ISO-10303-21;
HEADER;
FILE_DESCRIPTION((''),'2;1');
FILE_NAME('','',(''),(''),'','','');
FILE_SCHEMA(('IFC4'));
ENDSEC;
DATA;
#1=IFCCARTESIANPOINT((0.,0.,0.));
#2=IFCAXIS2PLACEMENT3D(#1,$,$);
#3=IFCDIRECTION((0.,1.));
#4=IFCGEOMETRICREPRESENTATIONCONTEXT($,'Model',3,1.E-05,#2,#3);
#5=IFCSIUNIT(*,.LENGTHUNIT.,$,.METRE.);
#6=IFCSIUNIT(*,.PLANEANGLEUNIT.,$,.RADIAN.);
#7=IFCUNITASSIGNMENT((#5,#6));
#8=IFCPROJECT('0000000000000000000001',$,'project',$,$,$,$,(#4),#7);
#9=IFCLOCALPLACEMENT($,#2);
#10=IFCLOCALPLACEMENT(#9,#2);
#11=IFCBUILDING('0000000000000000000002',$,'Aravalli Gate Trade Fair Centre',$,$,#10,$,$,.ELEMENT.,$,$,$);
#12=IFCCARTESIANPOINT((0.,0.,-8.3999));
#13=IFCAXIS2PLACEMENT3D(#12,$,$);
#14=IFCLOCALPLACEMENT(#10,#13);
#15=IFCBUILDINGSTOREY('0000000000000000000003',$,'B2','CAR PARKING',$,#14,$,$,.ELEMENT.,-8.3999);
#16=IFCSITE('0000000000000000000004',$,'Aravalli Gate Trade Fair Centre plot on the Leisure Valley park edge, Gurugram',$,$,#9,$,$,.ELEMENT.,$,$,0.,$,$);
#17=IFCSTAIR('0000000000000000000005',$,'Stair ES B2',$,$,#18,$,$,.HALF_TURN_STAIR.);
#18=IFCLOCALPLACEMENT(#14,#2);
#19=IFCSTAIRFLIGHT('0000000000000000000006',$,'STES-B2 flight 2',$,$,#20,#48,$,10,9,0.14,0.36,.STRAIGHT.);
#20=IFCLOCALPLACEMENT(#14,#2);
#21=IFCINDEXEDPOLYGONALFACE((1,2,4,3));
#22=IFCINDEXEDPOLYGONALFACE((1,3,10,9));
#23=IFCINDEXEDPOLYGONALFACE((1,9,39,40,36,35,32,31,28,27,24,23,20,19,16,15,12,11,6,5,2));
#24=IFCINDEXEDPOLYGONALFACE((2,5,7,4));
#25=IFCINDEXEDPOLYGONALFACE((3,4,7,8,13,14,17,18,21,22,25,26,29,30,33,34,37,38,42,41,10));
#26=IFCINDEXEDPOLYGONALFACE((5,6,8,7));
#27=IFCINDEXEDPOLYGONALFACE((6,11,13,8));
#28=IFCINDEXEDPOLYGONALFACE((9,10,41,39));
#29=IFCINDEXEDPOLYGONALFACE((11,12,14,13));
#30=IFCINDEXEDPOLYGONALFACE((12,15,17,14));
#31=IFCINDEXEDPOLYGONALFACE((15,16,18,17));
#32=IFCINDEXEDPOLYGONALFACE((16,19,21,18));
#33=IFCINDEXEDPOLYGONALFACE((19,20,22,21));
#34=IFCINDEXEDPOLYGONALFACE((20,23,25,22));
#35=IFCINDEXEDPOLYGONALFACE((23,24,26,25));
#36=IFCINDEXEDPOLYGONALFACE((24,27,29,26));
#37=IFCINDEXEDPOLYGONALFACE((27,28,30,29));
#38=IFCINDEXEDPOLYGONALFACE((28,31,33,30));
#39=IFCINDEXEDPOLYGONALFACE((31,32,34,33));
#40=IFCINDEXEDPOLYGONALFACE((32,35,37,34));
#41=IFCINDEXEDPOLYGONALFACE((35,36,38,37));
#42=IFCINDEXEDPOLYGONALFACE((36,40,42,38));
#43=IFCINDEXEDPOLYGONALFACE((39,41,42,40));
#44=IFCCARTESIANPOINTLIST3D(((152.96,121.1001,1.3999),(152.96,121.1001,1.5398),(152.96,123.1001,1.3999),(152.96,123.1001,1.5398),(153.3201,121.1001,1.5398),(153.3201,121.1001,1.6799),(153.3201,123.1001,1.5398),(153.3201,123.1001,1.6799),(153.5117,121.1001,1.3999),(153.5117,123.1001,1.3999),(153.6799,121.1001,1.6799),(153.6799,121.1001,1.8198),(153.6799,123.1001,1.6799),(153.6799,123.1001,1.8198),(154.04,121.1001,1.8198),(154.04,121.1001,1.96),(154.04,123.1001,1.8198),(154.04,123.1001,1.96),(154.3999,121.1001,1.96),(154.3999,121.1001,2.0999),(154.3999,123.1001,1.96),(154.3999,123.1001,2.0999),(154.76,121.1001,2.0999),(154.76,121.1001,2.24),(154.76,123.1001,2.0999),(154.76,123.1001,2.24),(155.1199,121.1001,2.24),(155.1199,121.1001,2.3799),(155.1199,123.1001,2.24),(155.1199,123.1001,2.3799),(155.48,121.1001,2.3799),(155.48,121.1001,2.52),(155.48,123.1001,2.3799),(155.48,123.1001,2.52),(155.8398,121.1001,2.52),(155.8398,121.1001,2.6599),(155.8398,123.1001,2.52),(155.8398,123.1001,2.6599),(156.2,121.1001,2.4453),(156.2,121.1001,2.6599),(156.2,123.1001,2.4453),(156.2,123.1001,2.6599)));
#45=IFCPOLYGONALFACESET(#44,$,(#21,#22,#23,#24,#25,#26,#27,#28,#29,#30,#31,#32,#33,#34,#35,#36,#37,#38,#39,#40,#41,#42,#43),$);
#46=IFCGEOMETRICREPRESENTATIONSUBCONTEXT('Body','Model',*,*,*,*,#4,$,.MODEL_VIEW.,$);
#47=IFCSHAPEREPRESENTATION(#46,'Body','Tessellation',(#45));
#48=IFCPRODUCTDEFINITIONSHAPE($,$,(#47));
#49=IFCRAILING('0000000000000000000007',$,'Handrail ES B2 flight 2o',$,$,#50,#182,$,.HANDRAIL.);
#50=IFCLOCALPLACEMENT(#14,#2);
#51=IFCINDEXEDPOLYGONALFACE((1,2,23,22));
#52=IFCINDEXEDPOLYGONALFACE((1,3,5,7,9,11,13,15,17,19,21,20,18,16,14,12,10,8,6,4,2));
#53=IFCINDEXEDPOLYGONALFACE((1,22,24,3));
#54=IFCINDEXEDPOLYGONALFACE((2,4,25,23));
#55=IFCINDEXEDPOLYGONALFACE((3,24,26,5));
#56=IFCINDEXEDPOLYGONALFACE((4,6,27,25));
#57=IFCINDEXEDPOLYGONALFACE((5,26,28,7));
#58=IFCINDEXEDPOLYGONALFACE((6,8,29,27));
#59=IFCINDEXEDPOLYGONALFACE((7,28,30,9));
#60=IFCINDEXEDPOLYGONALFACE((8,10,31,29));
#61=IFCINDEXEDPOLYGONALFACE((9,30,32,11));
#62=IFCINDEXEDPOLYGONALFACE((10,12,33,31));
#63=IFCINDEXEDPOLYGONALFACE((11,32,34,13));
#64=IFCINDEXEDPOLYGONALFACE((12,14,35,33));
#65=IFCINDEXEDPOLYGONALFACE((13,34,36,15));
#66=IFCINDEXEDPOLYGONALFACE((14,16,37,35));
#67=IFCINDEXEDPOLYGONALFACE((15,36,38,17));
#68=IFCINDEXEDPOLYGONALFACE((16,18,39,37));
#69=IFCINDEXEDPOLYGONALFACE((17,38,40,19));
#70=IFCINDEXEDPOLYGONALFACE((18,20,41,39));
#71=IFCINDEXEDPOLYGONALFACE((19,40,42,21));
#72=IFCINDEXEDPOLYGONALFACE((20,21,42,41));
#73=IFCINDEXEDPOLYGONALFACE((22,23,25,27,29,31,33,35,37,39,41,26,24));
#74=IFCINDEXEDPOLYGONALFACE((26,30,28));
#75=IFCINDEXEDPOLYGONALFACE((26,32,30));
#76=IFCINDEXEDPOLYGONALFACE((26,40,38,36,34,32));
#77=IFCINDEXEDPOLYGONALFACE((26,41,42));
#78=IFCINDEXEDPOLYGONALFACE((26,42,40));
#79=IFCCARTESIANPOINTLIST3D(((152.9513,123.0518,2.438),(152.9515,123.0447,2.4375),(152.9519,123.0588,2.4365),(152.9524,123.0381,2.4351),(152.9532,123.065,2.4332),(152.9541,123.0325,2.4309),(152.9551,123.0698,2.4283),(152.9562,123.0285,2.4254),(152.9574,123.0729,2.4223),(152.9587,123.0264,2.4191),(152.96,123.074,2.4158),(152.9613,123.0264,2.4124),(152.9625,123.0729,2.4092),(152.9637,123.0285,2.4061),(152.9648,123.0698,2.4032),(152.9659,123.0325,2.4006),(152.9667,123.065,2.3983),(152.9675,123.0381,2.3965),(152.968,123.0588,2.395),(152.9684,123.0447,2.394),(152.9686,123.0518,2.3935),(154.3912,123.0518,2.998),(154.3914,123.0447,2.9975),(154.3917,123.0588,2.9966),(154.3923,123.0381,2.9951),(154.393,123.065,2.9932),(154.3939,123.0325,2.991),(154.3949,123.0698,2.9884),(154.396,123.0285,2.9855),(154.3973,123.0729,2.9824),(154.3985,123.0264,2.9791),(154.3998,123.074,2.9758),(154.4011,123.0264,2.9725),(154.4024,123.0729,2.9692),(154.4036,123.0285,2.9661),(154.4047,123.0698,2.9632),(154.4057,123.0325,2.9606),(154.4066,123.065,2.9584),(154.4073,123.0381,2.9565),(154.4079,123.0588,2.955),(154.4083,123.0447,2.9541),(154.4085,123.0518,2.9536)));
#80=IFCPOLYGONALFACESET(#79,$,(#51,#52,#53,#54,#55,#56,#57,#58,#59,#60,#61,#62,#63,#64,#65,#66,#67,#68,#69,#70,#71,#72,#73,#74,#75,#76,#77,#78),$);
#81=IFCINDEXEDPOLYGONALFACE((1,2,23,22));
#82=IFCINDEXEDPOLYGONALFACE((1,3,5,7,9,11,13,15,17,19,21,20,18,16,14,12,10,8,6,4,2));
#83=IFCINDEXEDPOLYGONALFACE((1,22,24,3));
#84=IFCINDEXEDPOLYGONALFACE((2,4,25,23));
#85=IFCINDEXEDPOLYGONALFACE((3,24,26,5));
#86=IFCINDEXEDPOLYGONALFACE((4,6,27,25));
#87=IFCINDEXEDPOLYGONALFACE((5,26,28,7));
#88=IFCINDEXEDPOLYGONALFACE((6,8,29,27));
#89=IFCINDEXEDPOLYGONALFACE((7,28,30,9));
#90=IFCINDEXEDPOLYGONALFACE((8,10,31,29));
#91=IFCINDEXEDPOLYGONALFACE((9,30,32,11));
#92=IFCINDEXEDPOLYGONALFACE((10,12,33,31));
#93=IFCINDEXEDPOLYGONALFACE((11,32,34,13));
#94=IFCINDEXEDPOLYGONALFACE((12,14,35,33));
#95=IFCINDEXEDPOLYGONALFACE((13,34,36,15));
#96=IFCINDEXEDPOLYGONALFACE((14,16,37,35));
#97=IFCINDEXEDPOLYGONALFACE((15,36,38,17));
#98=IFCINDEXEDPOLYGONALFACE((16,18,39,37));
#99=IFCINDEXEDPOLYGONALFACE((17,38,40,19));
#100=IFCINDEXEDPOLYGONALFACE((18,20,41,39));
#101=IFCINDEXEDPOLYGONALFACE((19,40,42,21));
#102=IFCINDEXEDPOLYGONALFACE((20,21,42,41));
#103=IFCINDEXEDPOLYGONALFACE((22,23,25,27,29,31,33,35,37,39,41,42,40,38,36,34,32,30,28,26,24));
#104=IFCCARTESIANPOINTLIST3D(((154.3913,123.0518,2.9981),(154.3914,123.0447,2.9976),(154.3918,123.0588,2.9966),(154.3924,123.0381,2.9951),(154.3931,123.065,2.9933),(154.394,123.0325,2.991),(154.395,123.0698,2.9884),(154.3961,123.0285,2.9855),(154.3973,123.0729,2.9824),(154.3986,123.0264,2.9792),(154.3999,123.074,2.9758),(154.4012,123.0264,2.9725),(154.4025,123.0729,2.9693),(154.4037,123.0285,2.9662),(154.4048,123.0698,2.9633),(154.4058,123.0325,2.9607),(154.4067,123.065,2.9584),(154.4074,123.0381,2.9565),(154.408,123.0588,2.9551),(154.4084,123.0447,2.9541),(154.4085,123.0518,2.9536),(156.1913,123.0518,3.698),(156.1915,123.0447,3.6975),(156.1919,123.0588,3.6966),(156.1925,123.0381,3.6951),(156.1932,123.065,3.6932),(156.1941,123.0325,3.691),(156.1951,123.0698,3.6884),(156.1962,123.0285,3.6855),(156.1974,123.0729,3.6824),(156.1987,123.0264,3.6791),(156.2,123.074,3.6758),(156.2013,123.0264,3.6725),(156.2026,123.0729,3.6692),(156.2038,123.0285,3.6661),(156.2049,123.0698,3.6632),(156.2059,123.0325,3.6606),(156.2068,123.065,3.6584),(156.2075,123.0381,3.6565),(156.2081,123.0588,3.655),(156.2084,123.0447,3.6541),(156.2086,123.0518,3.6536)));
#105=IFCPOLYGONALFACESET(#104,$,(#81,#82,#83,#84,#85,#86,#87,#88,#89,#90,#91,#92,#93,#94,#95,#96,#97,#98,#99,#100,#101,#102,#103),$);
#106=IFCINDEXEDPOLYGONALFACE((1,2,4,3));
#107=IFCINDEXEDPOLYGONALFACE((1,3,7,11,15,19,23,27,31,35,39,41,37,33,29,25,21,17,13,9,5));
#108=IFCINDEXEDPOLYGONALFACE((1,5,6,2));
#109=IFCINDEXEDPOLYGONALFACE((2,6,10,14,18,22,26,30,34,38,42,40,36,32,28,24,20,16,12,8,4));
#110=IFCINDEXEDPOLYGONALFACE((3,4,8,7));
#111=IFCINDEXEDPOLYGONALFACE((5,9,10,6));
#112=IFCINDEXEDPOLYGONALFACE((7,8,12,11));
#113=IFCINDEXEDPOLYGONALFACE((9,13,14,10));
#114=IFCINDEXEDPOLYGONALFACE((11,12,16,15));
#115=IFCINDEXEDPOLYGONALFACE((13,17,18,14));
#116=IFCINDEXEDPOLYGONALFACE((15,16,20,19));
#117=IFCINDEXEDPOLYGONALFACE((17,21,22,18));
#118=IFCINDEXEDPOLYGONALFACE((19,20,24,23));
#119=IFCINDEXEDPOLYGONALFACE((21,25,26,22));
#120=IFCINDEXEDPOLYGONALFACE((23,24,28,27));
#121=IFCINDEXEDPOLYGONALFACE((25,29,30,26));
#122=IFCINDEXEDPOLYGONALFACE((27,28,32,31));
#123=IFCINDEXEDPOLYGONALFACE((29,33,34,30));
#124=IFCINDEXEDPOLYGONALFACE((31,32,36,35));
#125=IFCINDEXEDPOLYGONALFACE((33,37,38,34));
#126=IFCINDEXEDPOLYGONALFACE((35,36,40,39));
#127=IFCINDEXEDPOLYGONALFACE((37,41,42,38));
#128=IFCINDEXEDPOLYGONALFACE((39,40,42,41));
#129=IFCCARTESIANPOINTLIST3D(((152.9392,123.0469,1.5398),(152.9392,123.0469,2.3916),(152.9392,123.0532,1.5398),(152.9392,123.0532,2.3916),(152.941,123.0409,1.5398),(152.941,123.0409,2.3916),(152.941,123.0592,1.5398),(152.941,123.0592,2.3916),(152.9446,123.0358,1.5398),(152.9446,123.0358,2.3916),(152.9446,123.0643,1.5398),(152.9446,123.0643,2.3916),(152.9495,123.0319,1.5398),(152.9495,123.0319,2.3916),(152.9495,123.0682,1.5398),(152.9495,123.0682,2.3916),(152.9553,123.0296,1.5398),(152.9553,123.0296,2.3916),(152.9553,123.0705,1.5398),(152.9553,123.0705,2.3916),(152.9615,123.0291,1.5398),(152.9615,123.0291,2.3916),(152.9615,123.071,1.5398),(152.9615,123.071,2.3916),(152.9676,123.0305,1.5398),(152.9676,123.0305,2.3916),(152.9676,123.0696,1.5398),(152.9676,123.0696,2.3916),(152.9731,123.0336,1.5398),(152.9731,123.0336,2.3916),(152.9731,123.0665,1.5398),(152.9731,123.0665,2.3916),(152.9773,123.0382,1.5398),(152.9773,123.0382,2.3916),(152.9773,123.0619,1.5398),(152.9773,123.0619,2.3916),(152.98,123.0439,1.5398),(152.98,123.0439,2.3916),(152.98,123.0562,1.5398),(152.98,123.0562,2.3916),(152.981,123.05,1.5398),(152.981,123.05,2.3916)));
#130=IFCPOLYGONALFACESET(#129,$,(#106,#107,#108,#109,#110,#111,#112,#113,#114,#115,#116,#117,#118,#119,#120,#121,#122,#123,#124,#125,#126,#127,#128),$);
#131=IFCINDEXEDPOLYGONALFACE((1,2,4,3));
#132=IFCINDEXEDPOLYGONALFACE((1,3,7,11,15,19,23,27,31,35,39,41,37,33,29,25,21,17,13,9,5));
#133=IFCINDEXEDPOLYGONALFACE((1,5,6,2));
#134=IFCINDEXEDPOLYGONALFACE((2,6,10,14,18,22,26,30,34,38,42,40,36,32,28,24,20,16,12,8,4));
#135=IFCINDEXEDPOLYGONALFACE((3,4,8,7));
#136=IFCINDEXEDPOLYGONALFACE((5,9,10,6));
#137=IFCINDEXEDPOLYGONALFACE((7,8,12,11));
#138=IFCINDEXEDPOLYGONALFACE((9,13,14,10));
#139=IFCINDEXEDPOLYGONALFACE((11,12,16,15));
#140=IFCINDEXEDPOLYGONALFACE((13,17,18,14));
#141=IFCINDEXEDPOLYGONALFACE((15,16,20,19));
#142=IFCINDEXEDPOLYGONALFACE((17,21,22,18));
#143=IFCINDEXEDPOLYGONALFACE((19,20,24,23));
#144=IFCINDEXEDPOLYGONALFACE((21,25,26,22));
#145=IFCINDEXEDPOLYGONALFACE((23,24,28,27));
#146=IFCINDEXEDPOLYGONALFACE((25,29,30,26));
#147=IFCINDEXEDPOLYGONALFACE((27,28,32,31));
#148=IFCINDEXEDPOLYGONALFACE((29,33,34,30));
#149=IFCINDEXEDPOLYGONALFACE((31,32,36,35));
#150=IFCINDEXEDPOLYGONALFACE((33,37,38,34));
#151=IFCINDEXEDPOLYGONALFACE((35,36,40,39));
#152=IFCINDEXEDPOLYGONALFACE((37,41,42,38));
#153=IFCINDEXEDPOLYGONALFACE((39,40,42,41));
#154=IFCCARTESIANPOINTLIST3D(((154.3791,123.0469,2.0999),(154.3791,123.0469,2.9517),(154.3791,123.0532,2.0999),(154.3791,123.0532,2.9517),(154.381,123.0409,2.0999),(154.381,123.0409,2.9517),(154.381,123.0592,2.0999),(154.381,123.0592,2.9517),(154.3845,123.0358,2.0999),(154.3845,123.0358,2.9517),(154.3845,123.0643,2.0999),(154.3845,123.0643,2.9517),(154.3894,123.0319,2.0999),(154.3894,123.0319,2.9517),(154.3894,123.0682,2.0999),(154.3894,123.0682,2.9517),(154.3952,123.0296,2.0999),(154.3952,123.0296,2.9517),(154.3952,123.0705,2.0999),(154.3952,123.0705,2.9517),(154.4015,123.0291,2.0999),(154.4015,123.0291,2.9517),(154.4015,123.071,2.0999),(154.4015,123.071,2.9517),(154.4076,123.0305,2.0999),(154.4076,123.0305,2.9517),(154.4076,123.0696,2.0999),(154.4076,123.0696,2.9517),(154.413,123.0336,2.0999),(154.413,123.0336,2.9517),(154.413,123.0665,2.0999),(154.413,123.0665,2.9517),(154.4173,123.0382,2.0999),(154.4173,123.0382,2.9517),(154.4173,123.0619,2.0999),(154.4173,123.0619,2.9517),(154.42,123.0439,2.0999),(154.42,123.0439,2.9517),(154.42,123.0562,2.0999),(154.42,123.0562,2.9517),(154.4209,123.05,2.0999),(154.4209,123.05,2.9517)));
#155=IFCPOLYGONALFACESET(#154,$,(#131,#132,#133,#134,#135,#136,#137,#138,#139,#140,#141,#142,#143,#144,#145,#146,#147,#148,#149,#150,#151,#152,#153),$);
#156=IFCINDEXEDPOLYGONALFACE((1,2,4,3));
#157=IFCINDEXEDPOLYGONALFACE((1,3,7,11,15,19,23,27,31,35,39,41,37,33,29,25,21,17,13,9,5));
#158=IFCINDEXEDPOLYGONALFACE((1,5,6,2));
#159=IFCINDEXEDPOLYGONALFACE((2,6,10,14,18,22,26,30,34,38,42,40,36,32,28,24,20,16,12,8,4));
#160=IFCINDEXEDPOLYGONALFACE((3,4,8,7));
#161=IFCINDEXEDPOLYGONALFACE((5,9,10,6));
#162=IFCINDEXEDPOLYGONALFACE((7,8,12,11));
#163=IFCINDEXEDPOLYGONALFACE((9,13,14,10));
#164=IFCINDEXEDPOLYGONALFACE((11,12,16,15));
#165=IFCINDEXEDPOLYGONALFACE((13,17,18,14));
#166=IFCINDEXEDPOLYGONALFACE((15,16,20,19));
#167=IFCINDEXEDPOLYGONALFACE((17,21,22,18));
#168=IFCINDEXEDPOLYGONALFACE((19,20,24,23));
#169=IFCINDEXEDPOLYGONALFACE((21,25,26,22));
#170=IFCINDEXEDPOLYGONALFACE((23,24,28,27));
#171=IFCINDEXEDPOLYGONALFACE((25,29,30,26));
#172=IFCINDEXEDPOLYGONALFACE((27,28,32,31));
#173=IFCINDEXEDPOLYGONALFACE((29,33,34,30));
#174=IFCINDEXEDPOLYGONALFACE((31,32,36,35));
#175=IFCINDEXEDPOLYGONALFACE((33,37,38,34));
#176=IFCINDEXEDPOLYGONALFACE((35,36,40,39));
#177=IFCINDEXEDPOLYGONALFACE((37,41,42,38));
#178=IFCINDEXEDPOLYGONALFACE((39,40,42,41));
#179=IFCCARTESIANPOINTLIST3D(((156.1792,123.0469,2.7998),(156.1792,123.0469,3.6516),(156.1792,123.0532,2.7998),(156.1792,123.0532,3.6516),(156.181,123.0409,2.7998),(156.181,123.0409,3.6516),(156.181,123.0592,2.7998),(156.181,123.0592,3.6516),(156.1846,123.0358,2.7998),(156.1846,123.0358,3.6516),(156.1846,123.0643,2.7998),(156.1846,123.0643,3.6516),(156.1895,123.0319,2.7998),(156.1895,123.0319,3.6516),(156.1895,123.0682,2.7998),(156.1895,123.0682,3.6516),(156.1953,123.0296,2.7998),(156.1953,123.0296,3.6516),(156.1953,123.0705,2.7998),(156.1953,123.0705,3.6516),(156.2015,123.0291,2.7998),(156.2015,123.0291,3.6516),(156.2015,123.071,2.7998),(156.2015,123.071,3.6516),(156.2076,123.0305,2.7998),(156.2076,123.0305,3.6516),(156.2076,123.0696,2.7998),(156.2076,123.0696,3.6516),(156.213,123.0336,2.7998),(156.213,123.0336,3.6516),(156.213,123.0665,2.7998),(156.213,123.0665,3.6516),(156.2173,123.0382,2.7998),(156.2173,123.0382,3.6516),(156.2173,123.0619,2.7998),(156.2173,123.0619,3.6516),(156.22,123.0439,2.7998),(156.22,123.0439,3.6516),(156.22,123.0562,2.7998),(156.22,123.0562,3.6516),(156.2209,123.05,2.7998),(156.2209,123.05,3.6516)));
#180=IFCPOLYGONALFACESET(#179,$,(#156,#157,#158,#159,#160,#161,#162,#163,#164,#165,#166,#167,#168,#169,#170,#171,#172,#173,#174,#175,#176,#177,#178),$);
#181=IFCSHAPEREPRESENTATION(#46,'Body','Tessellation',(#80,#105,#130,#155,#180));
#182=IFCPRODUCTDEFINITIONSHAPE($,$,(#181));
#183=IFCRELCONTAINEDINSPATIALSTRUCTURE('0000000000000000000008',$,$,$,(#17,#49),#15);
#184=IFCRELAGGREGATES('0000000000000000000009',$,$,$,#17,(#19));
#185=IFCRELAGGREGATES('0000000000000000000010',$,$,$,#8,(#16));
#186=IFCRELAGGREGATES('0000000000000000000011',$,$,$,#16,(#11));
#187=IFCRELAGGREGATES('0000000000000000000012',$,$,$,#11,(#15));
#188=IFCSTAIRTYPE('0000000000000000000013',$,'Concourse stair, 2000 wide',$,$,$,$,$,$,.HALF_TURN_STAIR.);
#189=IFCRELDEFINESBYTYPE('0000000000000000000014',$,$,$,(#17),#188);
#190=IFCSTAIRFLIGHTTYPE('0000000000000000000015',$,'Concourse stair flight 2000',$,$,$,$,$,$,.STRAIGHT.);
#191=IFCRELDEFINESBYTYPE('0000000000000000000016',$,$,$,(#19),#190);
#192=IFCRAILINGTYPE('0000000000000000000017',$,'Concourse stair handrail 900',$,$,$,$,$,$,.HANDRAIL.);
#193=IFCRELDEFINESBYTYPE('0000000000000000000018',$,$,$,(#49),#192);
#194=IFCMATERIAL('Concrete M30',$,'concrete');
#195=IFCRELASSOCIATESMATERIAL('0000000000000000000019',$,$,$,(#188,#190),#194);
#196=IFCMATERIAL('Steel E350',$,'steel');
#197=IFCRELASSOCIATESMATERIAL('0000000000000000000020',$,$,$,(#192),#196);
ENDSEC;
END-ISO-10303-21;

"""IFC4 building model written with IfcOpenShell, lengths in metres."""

from ifc_helpers import new_model, si_unit, direction, frame, origin, origin_2d, place, context, subcontext, project, spatial, polyline, circle, outline, extrude, material, type_object, element, aggregate, save


model = new_model("IFC4")

# Units and contexts
model_context = context("Model", 3, precision=1e-05, world=origin(), true_north=direction((0.0, 1.0)))
body_context = subcontext(model_context, "Body", "Model", "MODEL_VIEW")
ifc_project = project(units=[si_unit("LENGTHUNIT", "METRE"), si_unit("PLANEANGLEUNIT", "RADIAN")], contexts=[model_context])

# Site, building, storey
site_placement = place(None, origin())
site = spatial("IfcSite", under=ifc_project, at=site_placement, Name="Aravalli Gate Trade Fair Centre plot on the Leisure Valley park edge, Gurugram", CompositionType="ELEMENT", RefElevation=0.0)
building_placement = place(site_placement, origin())
building = spatial("IfcBuilding", under=site, at=building_placement, Name="Aravalli Gate Trade Fair Centre", CompositionType="ELEMENT")
storey_placement = place(building_placement, frame((0.0, 0.0, -8.3999)))
storey = spatial("IfcBuildingStorey", under=building, at=storey_placement, Name="B2", Description="CAR PARKING", CompositionType="ELEMENT", Elevation=-8.3999)

# Shared definitions
ifc_material_1 = material(Name="Steel E350", Category="steel")

# Stair, stair flight
ifc_material_2 = material(Name="Concrete M30", Category="concrete")
stair_type = type_object("IfcStairType", Name="Concourse stair, 2000 wide", PredefinedType="HALF_TURN_STAIR", material=ifc_material_2)
stair_placement = place(storey_placement, origin())
stair = element("IfcStair", 1, at=stair_placement, inside=storey, type_object=stair_type, Name="Stair ES B2", PredefinedType="HALF_TURN_STAIR")
stair_flight_type = type_object("IfcStairFlightType", Name="Concourse stair flight 2000", PredefinedType="STRAIGHT", material=ifc_material_2)
stair_flight_placement = place(storey_placement, frame((152.96, 122.1001, 1.3999), z_axis=(0.0, 0.0, 1.0), x_axis=(1.0, 0.0, 0.0)))
stair_flight = element("IfcStairFlight", 2, at=stair_flight_placement, type_object=stair_flight_type, Name="STES-B2 flight 2", NumberOfRisers=10, NumberOfTreads=9, PredefinedType="STRAIGHT", RiserHeight=0.14, TreadLength=0.36, context=body_context, shape_type="SweptSolid", body=[
    extrude(outline(polyline([(0.0, 0.0), (0.0, 0.1399), (0.3601, 0.1399), (0.3601, 0.28), (0.72, 0.28), (0.72, 0.4199), (1.0801, 0.4199), (1.0801, 0.5601), (1.4399, 0.5601), (1.4399, 0.7), (1.8, 0.7), (1.8, 0.8401), (2.1599, 0.8401), (2.1599, 0.98), (2.52, 0.98), (2.52, 1.1201), (2.8799, 1.1201), (2.8799, 1.26), (3.24, 1.26), (3.24, 1.3999), (3.24, 1.0454), (0.5518, 0.0), (0.0, 0.0)])), frame((0.0, 1.0, 0.0), z_axis=(0.0, -1.0, 0.0), x_axis=(1.0, 0.0, 0.0)), (0.0, 0.0, 1.0), 2.0),
])
aggregate(stair, [stair_flight])

# Railing
railing_type = type_object("IfcRailingType", Name="Concourse stair handrail 900", PredefinedType="HANDRAIL", material=ifc_material_1)
for number, where, name in (
    (3, (152.96, 123.05, 1.5398), "Handrail ES B2 flight 2o"),
):
    element("IfcRailing", number, at=place(storey_placement, frame(where)), inside=storey, type_object=railing_type, Name=name, PredefinedType="HANDRAIL", context=body_context, shape_type="SweptSolid", body=[
        extrude(circle(Radius=0.0239, at=origin_2d()), frame((0.0, 0.0, 0.876), z_axis=(0.931987, 0.0, 0.362492), x_axis=(0.0, 1.0, 0.0)), (0.0, 0.0, 1.0), 1.5449),
        extrude(circle(Radius=0.0239, at=origin_2d()), frame((1.4399, 0.0, 1.436), z_axis=(0.932017, 0.0, 0.362416), x_axis=(0.0, 1.0, 0.0)), (0.0, 0.0, 1.0), 1.9314),
        extrude(circle(Radius=0.021, at=origin_2d()), origin(), (0.0, 0.0, 1.0), 0.8518),
        extrude(circle(Radius=0.021, at=origin_2d()), frame((1.4399, 0.0, 0.5601)), (0.0, 0.0, 1.0), 0.8518),
        extrude(circle(Radius=0.021, at=origin_2d()), frame((3.24, 0.0, 1.26)), (0.0, 0.0, 1.0), 0.8518),
    ])

save(model, "model.ifc")
